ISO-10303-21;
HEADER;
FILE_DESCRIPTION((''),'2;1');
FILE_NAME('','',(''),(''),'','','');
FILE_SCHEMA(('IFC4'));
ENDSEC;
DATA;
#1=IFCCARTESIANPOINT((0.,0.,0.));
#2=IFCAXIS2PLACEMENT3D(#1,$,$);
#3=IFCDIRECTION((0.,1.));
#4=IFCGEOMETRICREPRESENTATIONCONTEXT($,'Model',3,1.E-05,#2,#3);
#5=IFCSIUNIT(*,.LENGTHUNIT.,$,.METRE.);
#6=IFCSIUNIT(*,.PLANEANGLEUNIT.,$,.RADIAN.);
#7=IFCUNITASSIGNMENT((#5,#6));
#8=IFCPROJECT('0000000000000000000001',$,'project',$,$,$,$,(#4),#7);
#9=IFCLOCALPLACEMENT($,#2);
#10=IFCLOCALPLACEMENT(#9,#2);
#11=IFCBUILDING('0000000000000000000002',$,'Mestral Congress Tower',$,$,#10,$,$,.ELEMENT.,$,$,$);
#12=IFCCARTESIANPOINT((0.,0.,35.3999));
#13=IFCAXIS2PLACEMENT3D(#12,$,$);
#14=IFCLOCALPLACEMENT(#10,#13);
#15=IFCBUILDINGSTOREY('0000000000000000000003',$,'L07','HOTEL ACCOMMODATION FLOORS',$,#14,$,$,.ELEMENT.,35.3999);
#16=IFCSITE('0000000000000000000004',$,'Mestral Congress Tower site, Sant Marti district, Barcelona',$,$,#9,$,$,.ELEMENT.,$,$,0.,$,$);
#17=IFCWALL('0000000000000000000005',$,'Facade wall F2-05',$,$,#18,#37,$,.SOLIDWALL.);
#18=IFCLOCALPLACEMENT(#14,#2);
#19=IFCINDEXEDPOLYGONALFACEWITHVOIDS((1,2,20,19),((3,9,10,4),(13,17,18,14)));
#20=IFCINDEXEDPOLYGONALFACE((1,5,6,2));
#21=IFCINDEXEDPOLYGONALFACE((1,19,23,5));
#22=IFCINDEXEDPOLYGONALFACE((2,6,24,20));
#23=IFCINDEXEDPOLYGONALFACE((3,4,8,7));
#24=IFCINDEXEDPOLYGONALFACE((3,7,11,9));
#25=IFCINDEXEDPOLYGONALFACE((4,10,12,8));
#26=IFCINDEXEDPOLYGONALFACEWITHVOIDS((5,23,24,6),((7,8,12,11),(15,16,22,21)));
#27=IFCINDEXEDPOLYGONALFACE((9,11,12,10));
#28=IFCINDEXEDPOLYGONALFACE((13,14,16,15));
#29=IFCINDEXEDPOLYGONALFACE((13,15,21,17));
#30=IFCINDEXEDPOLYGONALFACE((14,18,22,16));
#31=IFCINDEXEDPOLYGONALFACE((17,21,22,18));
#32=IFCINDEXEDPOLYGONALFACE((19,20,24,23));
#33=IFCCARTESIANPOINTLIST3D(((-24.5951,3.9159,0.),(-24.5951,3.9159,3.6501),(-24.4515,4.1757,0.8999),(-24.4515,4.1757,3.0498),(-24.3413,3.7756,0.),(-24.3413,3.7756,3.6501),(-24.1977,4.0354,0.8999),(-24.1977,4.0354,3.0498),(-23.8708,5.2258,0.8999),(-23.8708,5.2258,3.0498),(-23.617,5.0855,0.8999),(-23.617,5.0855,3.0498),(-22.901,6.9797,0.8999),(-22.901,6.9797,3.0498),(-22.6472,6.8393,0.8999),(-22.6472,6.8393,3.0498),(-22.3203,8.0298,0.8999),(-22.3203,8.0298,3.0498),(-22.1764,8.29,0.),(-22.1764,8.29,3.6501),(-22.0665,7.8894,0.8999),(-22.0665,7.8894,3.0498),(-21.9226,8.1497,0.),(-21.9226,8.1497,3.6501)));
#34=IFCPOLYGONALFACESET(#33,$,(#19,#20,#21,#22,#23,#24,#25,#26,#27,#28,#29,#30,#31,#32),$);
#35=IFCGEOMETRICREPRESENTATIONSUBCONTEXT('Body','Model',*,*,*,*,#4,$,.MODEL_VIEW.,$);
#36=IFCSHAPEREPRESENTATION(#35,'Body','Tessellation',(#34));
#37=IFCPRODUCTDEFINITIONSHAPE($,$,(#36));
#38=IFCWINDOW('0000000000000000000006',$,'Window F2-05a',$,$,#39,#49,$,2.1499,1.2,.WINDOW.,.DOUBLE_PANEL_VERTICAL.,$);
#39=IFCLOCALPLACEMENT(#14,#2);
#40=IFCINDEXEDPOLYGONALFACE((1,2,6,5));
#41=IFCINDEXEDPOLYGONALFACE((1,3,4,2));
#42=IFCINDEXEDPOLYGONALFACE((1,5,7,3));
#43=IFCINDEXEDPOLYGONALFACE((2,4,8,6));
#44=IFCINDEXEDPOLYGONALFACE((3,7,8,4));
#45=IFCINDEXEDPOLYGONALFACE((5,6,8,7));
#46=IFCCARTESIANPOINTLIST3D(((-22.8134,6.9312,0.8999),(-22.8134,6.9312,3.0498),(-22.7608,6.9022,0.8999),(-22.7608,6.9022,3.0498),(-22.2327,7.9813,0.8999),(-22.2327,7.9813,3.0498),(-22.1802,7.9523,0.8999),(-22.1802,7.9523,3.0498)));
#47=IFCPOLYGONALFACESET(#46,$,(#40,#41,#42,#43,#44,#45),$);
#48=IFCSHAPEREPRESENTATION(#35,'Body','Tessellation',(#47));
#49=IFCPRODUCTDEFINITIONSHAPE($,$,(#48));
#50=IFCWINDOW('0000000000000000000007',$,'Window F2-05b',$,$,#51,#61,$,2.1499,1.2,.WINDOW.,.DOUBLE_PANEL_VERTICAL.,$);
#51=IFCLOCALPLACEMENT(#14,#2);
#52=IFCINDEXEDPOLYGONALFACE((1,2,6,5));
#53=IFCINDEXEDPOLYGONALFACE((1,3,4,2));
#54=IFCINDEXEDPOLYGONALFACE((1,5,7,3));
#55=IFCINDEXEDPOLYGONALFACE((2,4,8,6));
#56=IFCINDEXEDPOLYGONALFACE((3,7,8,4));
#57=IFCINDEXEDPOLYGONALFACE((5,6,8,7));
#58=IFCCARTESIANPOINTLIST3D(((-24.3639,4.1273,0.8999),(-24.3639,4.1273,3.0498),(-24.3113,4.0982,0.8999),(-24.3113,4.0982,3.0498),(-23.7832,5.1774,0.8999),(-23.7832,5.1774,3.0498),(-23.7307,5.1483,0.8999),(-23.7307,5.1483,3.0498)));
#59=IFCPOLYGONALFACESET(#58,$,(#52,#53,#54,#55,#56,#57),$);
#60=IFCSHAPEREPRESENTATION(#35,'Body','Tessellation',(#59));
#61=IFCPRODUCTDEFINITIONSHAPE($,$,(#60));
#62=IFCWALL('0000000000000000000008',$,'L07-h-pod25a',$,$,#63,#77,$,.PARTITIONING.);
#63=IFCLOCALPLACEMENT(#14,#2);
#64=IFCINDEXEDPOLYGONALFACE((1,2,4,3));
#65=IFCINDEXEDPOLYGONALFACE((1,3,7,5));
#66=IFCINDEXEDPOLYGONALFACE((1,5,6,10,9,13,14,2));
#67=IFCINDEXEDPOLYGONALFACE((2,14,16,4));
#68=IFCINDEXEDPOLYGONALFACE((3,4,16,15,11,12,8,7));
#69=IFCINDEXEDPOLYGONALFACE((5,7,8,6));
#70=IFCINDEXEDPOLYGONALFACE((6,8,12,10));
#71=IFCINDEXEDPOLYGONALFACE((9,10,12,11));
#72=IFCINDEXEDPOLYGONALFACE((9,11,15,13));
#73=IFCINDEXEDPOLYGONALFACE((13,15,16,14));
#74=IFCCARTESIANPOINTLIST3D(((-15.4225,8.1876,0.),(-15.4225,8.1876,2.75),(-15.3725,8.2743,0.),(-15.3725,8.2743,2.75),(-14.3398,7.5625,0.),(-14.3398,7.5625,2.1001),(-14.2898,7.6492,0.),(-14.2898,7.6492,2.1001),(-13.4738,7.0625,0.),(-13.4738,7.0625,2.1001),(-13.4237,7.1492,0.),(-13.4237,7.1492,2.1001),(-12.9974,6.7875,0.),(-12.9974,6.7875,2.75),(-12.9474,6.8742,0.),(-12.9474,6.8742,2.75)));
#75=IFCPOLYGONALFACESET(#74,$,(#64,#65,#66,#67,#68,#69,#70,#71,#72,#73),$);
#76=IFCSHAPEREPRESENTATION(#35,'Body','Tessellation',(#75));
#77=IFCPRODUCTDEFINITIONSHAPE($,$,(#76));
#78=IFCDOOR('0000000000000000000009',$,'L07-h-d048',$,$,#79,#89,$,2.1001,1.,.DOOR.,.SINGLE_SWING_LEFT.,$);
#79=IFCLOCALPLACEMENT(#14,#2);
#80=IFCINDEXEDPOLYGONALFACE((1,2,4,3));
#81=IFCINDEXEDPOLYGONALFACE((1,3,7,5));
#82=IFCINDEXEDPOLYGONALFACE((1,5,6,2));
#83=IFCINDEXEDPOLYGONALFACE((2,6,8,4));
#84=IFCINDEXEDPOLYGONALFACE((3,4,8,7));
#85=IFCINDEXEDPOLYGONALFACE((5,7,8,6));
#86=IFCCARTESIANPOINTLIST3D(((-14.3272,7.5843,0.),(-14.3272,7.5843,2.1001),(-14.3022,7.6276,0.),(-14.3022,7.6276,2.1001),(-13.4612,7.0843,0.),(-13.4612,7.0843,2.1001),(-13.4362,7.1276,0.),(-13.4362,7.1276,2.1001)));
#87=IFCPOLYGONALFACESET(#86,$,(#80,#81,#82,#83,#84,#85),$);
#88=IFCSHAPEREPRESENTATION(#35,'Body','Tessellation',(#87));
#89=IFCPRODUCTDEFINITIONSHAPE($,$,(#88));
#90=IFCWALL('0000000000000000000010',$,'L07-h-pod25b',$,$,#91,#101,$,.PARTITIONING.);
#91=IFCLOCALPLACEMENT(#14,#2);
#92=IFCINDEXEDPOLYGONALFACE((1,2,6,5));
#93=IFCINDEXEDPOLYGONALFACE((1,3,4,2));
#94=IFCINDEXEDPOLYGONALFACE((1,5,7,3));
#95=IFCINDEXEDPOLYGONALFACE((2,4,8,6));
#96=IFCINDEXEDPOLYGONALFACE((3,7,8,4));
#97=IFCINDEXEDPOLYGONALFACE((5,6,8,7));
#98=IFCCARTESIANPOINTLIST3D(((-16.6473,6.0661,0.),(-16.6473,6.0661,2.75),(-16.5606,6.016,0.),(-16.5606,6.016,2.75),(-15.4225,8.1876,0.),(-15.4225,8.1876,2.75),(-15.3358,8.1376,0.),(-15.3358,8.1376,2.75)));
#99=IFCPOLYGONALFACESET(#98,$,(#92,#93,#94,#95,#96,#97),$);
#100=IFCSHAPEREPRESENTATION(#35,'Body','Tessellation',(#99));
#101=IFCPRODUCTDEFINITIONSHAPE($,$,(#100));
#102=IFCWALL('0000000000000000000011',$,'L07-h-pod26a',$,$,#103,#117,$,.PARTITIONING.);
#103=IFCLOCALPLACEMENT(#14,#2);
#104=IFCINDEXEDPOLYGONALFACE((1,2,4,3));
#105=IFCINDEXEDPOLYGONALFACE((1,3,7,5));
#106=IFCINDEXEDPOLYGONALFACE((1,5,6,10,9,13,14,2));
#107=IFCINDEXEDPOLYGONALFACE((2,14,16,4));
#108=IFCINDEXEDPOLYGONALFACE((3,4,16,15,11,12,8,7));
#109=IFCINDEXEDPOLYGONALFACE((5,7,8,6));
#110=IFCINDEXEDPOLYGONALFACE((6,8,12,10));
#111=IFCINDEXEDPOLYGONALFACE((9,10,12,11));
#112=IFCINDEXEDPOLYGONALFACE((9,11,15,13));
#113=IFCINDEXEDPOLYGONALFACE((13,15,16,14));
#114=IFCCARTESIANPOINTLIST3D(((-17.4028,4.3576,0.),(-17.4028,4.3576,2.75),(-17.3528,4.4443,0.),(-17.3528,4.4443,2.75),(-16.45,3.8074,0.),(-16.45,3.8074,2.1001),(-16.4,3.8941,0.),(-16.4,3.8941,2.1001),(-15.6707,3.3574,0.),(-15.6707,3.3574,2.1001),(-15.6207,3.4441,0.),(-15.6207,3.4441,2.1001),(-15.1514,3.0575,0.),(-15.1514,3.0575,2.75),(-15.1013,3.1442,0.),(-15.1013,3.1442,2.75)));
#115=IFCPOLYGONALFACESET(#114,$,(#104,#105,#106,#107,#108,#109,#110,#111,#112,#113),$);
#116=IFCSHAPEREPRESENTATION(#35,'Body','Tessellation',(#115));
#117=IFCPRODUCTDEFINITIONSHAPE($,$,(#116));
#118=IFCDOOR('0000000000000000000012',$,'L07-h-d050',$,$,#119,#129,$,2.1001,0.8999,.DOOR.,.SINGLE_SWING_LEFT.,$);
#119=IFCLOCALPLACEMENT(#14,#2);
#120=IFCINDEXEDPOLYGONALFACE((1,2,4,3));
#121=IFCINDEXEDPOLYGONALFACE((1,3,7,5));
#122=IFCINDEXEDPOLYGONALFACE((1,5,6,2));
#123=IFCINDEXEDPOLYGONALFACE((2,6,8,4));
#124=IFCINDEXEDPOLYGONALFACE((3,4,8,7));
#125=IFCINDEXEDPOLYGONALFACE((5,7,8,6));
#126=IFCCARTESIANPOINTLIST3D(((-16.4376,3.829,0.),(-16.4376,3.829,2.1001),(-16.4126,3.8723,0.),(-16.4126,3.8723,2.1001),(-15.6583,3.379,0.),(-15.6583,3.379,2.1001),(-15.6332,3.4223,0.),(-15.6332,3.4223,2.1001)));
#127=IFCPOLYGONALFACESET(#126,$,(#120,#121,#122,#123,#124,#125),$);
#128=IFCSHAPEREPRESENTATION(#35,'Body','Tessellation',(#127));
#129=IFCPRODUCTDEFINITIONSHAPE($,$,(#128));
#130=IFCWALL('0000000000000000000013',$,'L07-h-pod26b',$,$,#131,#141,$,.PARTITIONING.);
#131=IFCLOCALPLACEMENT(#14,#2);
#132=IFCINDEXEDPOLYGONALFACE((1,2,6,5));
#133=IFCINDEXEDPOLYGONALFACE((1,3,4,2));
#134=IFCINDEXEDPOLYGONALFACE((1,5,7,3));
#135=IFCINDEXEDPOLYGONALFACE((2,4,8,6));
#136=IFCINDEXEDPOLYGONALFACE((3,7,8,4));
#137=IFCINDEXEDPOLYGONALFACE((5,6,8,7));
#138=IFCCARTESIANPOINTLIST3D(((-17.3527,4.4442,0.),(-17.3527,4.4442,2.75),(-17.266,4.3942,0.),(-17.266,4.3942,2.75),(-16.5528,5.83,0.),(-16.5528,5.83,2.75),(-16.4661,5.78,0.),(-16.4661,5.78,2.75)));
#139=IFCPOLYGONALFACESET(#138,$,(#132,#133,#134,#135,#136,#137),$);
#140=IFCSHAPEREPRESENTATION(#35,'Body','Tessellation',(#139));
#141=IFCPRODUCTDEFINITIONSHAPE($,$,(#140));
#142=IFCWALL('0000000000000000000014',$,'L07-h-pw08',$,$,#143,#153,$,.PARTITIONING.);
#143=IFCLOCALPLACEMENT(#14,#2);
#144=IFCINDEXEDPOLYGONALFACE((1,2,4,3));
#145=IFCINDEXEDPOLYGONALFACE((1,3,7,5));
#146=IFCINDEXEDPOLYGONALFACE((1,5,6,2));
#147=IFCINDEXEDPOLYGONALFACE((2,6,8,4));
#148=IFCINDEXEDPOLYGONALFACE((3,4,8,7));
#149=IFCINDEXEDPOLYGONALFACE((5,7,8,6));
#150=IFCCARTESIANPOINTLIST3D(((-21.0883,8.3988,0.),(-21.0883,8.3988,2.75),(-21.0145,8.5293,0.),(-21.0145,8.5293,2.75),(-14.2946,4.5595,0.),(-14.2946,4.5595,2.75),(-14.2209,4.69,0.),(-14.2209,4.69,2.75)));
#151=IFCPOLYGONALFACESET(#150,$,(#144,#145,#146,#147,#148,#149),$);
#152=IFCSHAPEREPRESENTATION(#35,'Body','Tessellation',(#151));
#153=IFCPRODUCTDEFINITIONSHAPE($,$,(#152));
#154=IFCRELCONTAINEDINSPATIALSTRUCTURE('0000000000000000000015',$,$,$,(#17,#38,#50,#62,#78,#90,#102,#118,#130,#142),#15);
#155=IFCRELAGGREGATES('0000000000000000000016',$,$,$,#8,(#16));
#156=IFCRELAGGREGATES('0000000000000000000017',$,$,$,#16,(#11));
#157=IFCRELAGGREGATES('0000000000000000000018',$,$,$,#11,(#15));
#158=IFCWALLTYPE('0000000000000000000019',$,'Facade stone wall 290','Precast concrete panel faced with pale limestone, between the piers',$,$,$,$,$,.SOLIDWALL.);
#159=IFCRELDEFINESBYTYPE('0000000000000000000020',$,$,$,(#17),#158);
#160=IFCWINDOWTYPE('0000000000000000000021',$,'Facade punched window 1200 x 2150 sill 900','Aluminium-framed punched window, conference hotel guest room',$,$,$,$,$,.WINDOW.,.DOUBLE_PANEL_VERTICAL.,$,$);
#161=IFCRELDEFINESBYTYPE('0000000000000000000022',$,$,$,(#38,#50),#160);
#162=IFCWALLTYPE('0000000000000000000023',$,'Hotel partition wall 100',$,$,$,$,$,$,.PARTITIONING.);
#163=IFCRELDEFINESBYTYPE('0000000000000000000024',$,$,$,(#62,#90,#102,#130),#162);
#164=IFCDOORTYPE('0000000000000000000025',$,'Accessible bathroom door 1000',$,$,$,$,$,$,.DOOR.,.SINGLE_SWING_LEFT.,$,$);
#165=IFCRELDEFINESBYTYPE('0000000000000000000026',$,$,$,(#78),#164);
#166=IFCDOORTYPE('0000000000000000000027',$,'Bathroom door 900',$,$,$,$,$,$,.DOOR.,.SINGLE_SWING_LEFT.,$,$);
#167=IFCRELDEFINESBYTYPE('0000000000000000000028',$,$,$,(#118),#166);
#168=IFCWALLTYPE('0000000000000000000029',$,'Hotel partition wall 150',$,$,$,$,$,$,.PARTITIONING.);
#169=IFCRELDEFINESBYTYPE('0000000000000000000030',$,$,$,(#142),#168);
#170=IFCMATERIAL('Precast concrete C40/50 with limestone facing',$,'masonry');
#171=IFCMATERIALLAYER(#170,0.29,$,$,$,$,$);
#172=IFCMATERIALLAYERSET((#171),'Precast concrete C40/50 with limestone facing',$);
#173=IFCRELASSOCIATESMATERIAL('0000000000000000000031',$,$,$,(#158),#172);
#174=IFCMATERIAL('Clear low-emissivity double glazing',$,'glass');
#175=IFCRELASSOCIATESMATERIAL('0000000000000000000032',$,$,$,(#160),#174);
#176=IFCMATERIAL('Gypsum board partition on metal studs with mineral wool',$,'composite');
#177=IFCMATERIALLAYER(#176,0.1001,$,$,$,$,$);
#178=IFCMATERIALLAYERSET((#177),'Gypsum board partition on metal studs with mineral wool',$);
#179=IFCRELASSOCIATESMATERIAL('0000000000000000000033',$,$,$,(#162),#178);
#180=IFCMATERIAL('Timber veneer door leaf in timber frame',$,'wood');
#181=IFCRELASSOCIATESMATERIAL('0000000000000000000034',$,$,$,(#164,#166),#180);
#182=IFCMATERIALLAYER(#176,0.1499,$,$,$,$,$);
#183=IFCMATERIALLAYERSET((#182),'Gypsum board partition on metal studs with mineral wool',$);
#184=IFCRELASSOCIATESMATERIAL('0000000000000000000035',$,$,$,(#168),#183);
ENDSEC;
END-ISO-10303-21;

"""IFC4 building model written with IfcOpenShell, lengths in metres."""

from ifc_helpers import new_model, si_unit, direction, frame, frame_2d, origin, place, context, subcontext, project, spatial, rectangle, extrude, material, layer, layer_set, type_object, element, fill, save


model = new_model("IFC4")

# Units and contexts
model_context = context("Model", 3, precision=1e-05, world=origin(), true_north=direction((0.0, 1.0)))
body_context = subcontext(model_context, "Body", "Model", "MODEL_VIEW")
ifc_project = project(units=[si_unit("LENGTHUNIT", "METRE"), si_unit("PLANEANGLEUNIT", "RADIAN")], contexts=[model_context])

# Site, building, storey
site_placement = place(None, origin())
site = spatial("IfcSite", under=ifc_project, at=site_placement, Name="Mestral Congress Tower site, Sant Marti district, Barcelona", CompositionType="ELEMENT", RefElevation=0.0)
building_placement = place(site_placement, origin())
building = spatial("IfcBuilding", under=site, at=building_placement, Name="Mestral Congress Tower", CompositionType="ELEMENT")
storey_placement = place(building_placement, frame((0.0, 0.0, 35.3999)))
storey = spatial("IfcBuildingStorey", under=building, at=storey_placement, Name="L07", Description="HOTEL ACCOMMODATION FLOORS", CompositionType="ELEMENT", Elevation=35.3999)

# Wall, openings, windows
ifc_material_1 = material(Name="Precast concrete C40/50 with limestone facing", Category="masonry")
ifc_layer_1 = layer(ifc_material_1, 0.29)
ifc_layer_set_1 = layer_set([ifc_layer_1], Name="Precast concrete C40/50 with limestone facing")
wall_type_1 = type_object("IfcWallType", Name="Facade stone wall 290", Description="Precast concrete panel faced with pale limestone, between the piers", PredefinedType="SOLIDWALL", material=ifc_layer_set_1)
wall_1_placement = place(storey_placement, frame((-22.0496, 8.2197, 0.0), z_axis=(0.0, 0.0, 1.0), x_axis=(-0.483913, -0.875116, 0.0)))
wall_1 = element("IfcWall", 1, at=wall_1_placement, inside=storey, type_object=wall_type_1, Name="Facade wall F2-05", PredefinedType="SOLIDWALL", context=body_context, shape_type="SweptSolid", body=[
    extrude(rectangle(XDim=4.9983, YDim=0.29, at=frame_2d((2.499, 0.0))), origin(), (0.0, 0.0, 1.0), 3.6501),
])
opening_1_placement = place(wall_1_placement, frame((0.2971, 0.0, 0.8999)))
opening_1 = element("IfcOpeningElement", 2, at=opening_1_placement, cuts=wall_1, PredefinedType="OPENING", context=body_context, shape_type="SweptSolid", body=[
    extrude(rectangle(XDim=1.2, YDim=2.1499, at=frame_2d((0.6001, 1.075))), frame((0.0, 0.155, 0.0), z_axis=(0.0, -1.0, 0.0), x_axis=(1.0, 0.0, 0.0)), (0.0, 0.0, 1.0), 0.3101),
])
opening_2_placement = place(wall_1_placement, frame((3.5012, 0.0, 0.8999)))
opening_2 = element("IfcOpeningElement", 3, at=opening_2_placement, cuts=wall_1, PredefinedType="OPENING", context=body_context, shape_type="SweptSolid", body=[
    extrude(rectangle(XDim=1.2, YDim=2.1499, at=frame_2d((0.6001, 1.075))), frame((0.0, 0.155, 0.0), z_axis=(0.0, -1.0, 0.0), x_axis=(1.0, 0.0, 0.0)), (0.0, 0.0, 1.0), 0.3101),
])
ifc_material_2 = material(Name="Clear low-emissivity double glazing", Category="glass")
window_type = type_object("IfcWindowType", Name="Facade punched window 1200 x 2150 sill 900", Description="Aluminium-framed punched window, conference hotel guest room", PartitioningType="DOUBLE_PANEL_VERTICAL", PredefinedType="WINDOW", material=ifc_material_2)
window_1_placement = place(opening_1_placement, origin())
window_1 = element("IfcWindow", 4, at=window_1_placement, inside=storey, type_object=window_type, Name="Window F2-05a", OverallHeight=2.1499, OverallWidth=1.2, PartitioningType="DOUBLE_PANEL_VERTICAL", PredefinedType="WINDOW", context=body_context, shape_type="SweptSolid", body=[
    extrude(rectangle(XDim=1.2, YDim=2.1499, at=frame_2d((0.6001, 1.075))), frame((0.0, 0.0151, 0.0), z_axis=(0.0, -1.0, 0.0), x_axis=(1.0, 0.0, 0.0)), (0.0, 0.0, 1.0), 0.0601),
])
fill(opening_1, window_1)
window_2_placement = place(opening_2_placement, origin())
window_2 = element("IfcWindow", 5, at=window_2_placement, inside=storey, type_object=window_type, Name="Window F2-05b", OverallHeight=2.1499, OverallWidth=1.2, PartitioningType="DOUBLE_PANEL_VERTICAL", PredefinedType="WINDOW", context=body_context, shape_type="SweptSolid", body=[
    extrude(rectangle(XDim=1.2, YDim=2.1499, at=frame_2d((0.6001, 1.075))), frame((0.0, 0.0151, 0.0), z_axis=(0.0, -1.0, 0.0), x_axis=(1.0, 0.0, 0.0)), (0.0, 0.0, 1.0), 0.0601),
])
fill(opening_2, window_2)

# Wall, opening, door
ifc_material_3 = material(Name="Gypsum board partition on metal studs with mineral wool", Category="composite")
ifc_layer_2 = layer(ifc_material_3, 0.1001)
ifc_layer_set_2 = layer_set([ifc_layer_2], Name="Gypsum board partition on metal studs with mineral wool")
wall_type_2 = type_object("IfcWallType", Name="Hotel partition wall 100", PredefinedType="PARTITIONING", material=ifc_layer_set_2)
wall_2_placement = place(storey_placement, frame((-12.9724, 6.8308, 0.0), z_axis=(0.0, 0.0, 1.0), x_axis=(-0.866019, 0.500012, 0.0)))
wall_2 = element("IfcWall", 6, at=wall_2_placement, inside=storey, type_object=wall_type_2, Name="L07-h-pod25a", PredefinedType="PARTITIONING", context=body_context, shape_type="SweptSolid", body=[
    extrude(rectangle(XDim=2.8003, YDim=0.1001, at=frame_2d((1.4001, 0.0))), origin(), (0.0, 0.0, 1.0), 2.75),
])
opening_3_placement = place(wall_2_placement, frame((0.55, 0.0, 0.0)))
opening_3 = element("IfcOpeningElement", 7, at=opening_3_placement, cuts=wall_2, PredefinedType="OPENING", context=body_context, shape_type="SweptSolid", body=[
    extrude(rectangle(XDim=1.0, YDim=2.1001, at=frame_2d((0.5, 1.05))), frame((0.0, 0.0601, 0.0), z_axis=(0.0, -1.0, 0.0), x_axis=(1.0, 0.0, 0.0)), (0.0, 0.0, 1.0), 0.1201),
])
ifc_material_4 = material(Name="Timber veneer door leaf in timber frame", Category="wood")
door_type_1 = type_object("IfcDoorType", Name="Accessible bathroom door 1000", OperationType="SINGLE_SWING_LEFT", PredefinedType="DOOR", material=ifc_material_4)
door_1_placement = place(opening_3_placement, origin())
door_1 = element("IfcDoor", 8, at=door_1_placement, inside=storey, type_object=door_type_1, Name="L07-h-d048", OperationType="SINGLE_SWING_LEFT", OverallHeight=2.1001, OverallWidth=1.0, PredefinedType="DOOR", context=body_context, shape_type="SweptSolid", body=[
    extrude(rectangle(XDim=1.0, YDim=2.1001, at=frame_2d((0.5, 1.05))), frame((0.0, 0.0249, 0.0), z_axis=(0.0, -1.0, 0.0), x_axis=(1.0, 0.0, 0.0)), (0.0, 0.0, 1.0), 0.05),
])
fill(opening_3, door_1)

# Wall
wall_3_placement = place(storey_placement, frame((-15.3792, 8.1626, 0.0), z_axis=(0.0, 0.0, 1.0), x_axis=(-0.499987, -0.866033, 0.0)))
element("IfcWall", 9, at=wall_3_placement, inside=storey, type_object=wall_type_2, Name="L07-h-pod25b", PredefinedType="PARTITIONING", context=body_context, shape_type="SweptSolid", body=[
    extrude(rectangle(XDim=2.4497, YDim=0.1001, at=frame_2d((1.2249, 0.0))), origin(), (0.0, 0.0, 1.0), 2.75),
])

# Wall, opening, door
wall_4_placement = place(storey_placement, frame((-17.3777, 4.4009, 0.0), z_axis=(0.0, 0.0, 1.0), x_axis=(0.865998, -0.500048, 0.0)))
wall_4 = element("IfcWall", 10, at=wall_4_placement, inside=storey, type_object=wall_type_2, Name="L07-h-pod26a", PredefinedType="PARTITIONING", context=body_context, shape_type="SweptSolid", body=[
    extrude(rectangle(XDim=2.5999, YDim=0.1001, at=frame_2d((1.2998, 0.0))), origin(), (0.0, 0.0, 1.0), 2.75),
])
opening_4_placement = place(wall_4_placement, frame((1.1001, 0.0, 0.0)))
opening_4 = element("IfcOpeningElement", 11, at=opening_4_placement, cuts=wall_4, PredefinedType="OPENING", context=body_context, shape_type="SweptSolid", body=[
    extrude(rectangle(XDim=0.8999, YDim=2.1001, at=frame_2d((0.45, 1.05))), frame((0.0, 0.0601, 0.0), z_axis=(0.0, -1.0, 0.0), x_axis=(1.0, 0.0, 0.0)), (0.0, 0.0, 1.0), 0.1201),
])
door_type_2 = type_object("IfcDoorType", Name="Bathroom door 900", OperationType="SINGLE_SWING_LEFT", PredefinedType="DOOR", material=ifc_material_4)
door_2_placement = place(opening_4_placement, origin())
door_2 = element("IfcDoor", 12, at=door_2_placement, inside=storey, type_object=door_type_2, Name="L07-h-d050", OperationType="SINGLE_SWING_LEFT", OverallHeight=2.1001, OverallWidth=0.8999, PredefinedType="DOOR", context=body_context, shape_type="SweptSolid", body=[
    extrude(rectangle(XDim=0.8999, YDim=2.1001, at=frame_2d((0.45, 1.05))), frame((0.0, 0.0249, 0.0), z_axis=(0.0, -1.0, 0.0), x_axis=(1.0, 0.0, 0.0)), (0.0, 0.0, 1.0), 0.05),
])
fill(opening_4, door_2)

# Walls
wall_5_placement = place(storey_placement, frame((-17.3093, 4.4192, 0.0), z_axis=(0.0, 0.0, 1.0), x_axis=(0.499881, 0.866094, 0.0)))
element("IfcWall", 13, at=wall_5_placement, inside=storey, type_object=wall_type_2, Name="L07-h-pod26b", PredefinedType="PARTITIONING", context=body_context, shape_type="SweptSolid", body=[
    extrude(rectangle(XDim=1.6001, YDim=0.1001, at=frame_2d((0.8, 0.0))), origin(), (0.0, 0.0, 1.0), 2.75),
])
ifc_layer_3 = layer(ifc_material_3, 0.1499)
ifc_layer_set_3 = layer_set([ifc_layer_3], Name="Gypsum board partition on metal studs with mineral wool")
wall_type_3 = type_object("IfcWallType", Name="Hotel partition wall 150", PredefinedType="PARTITIONING", material=ifc_layer_set_3)
wall_6_placement = place(storey_placement, frame((-21.0515, 8.4641, 0.0), z_axis=(0.0, 0.0, 1.0), x_axis=(0.870594, -0.492003, 0.0)))
element("IfcWall", 14, at=wall_6_placement, inside=storey, type_object=wall_type_3, Name="L07-h-pw08", PredefinedType="PARTITIONING", context=body_context, shape_type="SweptSolid", body=[
    extrude(rectangle(XDim=7.8035, YDim=0.1499, at=frame_2d((3.9019, 0.0))), origin(), (0.0, 0.0, 1.0), 2.75),
])

save(model, "model.ifc")
